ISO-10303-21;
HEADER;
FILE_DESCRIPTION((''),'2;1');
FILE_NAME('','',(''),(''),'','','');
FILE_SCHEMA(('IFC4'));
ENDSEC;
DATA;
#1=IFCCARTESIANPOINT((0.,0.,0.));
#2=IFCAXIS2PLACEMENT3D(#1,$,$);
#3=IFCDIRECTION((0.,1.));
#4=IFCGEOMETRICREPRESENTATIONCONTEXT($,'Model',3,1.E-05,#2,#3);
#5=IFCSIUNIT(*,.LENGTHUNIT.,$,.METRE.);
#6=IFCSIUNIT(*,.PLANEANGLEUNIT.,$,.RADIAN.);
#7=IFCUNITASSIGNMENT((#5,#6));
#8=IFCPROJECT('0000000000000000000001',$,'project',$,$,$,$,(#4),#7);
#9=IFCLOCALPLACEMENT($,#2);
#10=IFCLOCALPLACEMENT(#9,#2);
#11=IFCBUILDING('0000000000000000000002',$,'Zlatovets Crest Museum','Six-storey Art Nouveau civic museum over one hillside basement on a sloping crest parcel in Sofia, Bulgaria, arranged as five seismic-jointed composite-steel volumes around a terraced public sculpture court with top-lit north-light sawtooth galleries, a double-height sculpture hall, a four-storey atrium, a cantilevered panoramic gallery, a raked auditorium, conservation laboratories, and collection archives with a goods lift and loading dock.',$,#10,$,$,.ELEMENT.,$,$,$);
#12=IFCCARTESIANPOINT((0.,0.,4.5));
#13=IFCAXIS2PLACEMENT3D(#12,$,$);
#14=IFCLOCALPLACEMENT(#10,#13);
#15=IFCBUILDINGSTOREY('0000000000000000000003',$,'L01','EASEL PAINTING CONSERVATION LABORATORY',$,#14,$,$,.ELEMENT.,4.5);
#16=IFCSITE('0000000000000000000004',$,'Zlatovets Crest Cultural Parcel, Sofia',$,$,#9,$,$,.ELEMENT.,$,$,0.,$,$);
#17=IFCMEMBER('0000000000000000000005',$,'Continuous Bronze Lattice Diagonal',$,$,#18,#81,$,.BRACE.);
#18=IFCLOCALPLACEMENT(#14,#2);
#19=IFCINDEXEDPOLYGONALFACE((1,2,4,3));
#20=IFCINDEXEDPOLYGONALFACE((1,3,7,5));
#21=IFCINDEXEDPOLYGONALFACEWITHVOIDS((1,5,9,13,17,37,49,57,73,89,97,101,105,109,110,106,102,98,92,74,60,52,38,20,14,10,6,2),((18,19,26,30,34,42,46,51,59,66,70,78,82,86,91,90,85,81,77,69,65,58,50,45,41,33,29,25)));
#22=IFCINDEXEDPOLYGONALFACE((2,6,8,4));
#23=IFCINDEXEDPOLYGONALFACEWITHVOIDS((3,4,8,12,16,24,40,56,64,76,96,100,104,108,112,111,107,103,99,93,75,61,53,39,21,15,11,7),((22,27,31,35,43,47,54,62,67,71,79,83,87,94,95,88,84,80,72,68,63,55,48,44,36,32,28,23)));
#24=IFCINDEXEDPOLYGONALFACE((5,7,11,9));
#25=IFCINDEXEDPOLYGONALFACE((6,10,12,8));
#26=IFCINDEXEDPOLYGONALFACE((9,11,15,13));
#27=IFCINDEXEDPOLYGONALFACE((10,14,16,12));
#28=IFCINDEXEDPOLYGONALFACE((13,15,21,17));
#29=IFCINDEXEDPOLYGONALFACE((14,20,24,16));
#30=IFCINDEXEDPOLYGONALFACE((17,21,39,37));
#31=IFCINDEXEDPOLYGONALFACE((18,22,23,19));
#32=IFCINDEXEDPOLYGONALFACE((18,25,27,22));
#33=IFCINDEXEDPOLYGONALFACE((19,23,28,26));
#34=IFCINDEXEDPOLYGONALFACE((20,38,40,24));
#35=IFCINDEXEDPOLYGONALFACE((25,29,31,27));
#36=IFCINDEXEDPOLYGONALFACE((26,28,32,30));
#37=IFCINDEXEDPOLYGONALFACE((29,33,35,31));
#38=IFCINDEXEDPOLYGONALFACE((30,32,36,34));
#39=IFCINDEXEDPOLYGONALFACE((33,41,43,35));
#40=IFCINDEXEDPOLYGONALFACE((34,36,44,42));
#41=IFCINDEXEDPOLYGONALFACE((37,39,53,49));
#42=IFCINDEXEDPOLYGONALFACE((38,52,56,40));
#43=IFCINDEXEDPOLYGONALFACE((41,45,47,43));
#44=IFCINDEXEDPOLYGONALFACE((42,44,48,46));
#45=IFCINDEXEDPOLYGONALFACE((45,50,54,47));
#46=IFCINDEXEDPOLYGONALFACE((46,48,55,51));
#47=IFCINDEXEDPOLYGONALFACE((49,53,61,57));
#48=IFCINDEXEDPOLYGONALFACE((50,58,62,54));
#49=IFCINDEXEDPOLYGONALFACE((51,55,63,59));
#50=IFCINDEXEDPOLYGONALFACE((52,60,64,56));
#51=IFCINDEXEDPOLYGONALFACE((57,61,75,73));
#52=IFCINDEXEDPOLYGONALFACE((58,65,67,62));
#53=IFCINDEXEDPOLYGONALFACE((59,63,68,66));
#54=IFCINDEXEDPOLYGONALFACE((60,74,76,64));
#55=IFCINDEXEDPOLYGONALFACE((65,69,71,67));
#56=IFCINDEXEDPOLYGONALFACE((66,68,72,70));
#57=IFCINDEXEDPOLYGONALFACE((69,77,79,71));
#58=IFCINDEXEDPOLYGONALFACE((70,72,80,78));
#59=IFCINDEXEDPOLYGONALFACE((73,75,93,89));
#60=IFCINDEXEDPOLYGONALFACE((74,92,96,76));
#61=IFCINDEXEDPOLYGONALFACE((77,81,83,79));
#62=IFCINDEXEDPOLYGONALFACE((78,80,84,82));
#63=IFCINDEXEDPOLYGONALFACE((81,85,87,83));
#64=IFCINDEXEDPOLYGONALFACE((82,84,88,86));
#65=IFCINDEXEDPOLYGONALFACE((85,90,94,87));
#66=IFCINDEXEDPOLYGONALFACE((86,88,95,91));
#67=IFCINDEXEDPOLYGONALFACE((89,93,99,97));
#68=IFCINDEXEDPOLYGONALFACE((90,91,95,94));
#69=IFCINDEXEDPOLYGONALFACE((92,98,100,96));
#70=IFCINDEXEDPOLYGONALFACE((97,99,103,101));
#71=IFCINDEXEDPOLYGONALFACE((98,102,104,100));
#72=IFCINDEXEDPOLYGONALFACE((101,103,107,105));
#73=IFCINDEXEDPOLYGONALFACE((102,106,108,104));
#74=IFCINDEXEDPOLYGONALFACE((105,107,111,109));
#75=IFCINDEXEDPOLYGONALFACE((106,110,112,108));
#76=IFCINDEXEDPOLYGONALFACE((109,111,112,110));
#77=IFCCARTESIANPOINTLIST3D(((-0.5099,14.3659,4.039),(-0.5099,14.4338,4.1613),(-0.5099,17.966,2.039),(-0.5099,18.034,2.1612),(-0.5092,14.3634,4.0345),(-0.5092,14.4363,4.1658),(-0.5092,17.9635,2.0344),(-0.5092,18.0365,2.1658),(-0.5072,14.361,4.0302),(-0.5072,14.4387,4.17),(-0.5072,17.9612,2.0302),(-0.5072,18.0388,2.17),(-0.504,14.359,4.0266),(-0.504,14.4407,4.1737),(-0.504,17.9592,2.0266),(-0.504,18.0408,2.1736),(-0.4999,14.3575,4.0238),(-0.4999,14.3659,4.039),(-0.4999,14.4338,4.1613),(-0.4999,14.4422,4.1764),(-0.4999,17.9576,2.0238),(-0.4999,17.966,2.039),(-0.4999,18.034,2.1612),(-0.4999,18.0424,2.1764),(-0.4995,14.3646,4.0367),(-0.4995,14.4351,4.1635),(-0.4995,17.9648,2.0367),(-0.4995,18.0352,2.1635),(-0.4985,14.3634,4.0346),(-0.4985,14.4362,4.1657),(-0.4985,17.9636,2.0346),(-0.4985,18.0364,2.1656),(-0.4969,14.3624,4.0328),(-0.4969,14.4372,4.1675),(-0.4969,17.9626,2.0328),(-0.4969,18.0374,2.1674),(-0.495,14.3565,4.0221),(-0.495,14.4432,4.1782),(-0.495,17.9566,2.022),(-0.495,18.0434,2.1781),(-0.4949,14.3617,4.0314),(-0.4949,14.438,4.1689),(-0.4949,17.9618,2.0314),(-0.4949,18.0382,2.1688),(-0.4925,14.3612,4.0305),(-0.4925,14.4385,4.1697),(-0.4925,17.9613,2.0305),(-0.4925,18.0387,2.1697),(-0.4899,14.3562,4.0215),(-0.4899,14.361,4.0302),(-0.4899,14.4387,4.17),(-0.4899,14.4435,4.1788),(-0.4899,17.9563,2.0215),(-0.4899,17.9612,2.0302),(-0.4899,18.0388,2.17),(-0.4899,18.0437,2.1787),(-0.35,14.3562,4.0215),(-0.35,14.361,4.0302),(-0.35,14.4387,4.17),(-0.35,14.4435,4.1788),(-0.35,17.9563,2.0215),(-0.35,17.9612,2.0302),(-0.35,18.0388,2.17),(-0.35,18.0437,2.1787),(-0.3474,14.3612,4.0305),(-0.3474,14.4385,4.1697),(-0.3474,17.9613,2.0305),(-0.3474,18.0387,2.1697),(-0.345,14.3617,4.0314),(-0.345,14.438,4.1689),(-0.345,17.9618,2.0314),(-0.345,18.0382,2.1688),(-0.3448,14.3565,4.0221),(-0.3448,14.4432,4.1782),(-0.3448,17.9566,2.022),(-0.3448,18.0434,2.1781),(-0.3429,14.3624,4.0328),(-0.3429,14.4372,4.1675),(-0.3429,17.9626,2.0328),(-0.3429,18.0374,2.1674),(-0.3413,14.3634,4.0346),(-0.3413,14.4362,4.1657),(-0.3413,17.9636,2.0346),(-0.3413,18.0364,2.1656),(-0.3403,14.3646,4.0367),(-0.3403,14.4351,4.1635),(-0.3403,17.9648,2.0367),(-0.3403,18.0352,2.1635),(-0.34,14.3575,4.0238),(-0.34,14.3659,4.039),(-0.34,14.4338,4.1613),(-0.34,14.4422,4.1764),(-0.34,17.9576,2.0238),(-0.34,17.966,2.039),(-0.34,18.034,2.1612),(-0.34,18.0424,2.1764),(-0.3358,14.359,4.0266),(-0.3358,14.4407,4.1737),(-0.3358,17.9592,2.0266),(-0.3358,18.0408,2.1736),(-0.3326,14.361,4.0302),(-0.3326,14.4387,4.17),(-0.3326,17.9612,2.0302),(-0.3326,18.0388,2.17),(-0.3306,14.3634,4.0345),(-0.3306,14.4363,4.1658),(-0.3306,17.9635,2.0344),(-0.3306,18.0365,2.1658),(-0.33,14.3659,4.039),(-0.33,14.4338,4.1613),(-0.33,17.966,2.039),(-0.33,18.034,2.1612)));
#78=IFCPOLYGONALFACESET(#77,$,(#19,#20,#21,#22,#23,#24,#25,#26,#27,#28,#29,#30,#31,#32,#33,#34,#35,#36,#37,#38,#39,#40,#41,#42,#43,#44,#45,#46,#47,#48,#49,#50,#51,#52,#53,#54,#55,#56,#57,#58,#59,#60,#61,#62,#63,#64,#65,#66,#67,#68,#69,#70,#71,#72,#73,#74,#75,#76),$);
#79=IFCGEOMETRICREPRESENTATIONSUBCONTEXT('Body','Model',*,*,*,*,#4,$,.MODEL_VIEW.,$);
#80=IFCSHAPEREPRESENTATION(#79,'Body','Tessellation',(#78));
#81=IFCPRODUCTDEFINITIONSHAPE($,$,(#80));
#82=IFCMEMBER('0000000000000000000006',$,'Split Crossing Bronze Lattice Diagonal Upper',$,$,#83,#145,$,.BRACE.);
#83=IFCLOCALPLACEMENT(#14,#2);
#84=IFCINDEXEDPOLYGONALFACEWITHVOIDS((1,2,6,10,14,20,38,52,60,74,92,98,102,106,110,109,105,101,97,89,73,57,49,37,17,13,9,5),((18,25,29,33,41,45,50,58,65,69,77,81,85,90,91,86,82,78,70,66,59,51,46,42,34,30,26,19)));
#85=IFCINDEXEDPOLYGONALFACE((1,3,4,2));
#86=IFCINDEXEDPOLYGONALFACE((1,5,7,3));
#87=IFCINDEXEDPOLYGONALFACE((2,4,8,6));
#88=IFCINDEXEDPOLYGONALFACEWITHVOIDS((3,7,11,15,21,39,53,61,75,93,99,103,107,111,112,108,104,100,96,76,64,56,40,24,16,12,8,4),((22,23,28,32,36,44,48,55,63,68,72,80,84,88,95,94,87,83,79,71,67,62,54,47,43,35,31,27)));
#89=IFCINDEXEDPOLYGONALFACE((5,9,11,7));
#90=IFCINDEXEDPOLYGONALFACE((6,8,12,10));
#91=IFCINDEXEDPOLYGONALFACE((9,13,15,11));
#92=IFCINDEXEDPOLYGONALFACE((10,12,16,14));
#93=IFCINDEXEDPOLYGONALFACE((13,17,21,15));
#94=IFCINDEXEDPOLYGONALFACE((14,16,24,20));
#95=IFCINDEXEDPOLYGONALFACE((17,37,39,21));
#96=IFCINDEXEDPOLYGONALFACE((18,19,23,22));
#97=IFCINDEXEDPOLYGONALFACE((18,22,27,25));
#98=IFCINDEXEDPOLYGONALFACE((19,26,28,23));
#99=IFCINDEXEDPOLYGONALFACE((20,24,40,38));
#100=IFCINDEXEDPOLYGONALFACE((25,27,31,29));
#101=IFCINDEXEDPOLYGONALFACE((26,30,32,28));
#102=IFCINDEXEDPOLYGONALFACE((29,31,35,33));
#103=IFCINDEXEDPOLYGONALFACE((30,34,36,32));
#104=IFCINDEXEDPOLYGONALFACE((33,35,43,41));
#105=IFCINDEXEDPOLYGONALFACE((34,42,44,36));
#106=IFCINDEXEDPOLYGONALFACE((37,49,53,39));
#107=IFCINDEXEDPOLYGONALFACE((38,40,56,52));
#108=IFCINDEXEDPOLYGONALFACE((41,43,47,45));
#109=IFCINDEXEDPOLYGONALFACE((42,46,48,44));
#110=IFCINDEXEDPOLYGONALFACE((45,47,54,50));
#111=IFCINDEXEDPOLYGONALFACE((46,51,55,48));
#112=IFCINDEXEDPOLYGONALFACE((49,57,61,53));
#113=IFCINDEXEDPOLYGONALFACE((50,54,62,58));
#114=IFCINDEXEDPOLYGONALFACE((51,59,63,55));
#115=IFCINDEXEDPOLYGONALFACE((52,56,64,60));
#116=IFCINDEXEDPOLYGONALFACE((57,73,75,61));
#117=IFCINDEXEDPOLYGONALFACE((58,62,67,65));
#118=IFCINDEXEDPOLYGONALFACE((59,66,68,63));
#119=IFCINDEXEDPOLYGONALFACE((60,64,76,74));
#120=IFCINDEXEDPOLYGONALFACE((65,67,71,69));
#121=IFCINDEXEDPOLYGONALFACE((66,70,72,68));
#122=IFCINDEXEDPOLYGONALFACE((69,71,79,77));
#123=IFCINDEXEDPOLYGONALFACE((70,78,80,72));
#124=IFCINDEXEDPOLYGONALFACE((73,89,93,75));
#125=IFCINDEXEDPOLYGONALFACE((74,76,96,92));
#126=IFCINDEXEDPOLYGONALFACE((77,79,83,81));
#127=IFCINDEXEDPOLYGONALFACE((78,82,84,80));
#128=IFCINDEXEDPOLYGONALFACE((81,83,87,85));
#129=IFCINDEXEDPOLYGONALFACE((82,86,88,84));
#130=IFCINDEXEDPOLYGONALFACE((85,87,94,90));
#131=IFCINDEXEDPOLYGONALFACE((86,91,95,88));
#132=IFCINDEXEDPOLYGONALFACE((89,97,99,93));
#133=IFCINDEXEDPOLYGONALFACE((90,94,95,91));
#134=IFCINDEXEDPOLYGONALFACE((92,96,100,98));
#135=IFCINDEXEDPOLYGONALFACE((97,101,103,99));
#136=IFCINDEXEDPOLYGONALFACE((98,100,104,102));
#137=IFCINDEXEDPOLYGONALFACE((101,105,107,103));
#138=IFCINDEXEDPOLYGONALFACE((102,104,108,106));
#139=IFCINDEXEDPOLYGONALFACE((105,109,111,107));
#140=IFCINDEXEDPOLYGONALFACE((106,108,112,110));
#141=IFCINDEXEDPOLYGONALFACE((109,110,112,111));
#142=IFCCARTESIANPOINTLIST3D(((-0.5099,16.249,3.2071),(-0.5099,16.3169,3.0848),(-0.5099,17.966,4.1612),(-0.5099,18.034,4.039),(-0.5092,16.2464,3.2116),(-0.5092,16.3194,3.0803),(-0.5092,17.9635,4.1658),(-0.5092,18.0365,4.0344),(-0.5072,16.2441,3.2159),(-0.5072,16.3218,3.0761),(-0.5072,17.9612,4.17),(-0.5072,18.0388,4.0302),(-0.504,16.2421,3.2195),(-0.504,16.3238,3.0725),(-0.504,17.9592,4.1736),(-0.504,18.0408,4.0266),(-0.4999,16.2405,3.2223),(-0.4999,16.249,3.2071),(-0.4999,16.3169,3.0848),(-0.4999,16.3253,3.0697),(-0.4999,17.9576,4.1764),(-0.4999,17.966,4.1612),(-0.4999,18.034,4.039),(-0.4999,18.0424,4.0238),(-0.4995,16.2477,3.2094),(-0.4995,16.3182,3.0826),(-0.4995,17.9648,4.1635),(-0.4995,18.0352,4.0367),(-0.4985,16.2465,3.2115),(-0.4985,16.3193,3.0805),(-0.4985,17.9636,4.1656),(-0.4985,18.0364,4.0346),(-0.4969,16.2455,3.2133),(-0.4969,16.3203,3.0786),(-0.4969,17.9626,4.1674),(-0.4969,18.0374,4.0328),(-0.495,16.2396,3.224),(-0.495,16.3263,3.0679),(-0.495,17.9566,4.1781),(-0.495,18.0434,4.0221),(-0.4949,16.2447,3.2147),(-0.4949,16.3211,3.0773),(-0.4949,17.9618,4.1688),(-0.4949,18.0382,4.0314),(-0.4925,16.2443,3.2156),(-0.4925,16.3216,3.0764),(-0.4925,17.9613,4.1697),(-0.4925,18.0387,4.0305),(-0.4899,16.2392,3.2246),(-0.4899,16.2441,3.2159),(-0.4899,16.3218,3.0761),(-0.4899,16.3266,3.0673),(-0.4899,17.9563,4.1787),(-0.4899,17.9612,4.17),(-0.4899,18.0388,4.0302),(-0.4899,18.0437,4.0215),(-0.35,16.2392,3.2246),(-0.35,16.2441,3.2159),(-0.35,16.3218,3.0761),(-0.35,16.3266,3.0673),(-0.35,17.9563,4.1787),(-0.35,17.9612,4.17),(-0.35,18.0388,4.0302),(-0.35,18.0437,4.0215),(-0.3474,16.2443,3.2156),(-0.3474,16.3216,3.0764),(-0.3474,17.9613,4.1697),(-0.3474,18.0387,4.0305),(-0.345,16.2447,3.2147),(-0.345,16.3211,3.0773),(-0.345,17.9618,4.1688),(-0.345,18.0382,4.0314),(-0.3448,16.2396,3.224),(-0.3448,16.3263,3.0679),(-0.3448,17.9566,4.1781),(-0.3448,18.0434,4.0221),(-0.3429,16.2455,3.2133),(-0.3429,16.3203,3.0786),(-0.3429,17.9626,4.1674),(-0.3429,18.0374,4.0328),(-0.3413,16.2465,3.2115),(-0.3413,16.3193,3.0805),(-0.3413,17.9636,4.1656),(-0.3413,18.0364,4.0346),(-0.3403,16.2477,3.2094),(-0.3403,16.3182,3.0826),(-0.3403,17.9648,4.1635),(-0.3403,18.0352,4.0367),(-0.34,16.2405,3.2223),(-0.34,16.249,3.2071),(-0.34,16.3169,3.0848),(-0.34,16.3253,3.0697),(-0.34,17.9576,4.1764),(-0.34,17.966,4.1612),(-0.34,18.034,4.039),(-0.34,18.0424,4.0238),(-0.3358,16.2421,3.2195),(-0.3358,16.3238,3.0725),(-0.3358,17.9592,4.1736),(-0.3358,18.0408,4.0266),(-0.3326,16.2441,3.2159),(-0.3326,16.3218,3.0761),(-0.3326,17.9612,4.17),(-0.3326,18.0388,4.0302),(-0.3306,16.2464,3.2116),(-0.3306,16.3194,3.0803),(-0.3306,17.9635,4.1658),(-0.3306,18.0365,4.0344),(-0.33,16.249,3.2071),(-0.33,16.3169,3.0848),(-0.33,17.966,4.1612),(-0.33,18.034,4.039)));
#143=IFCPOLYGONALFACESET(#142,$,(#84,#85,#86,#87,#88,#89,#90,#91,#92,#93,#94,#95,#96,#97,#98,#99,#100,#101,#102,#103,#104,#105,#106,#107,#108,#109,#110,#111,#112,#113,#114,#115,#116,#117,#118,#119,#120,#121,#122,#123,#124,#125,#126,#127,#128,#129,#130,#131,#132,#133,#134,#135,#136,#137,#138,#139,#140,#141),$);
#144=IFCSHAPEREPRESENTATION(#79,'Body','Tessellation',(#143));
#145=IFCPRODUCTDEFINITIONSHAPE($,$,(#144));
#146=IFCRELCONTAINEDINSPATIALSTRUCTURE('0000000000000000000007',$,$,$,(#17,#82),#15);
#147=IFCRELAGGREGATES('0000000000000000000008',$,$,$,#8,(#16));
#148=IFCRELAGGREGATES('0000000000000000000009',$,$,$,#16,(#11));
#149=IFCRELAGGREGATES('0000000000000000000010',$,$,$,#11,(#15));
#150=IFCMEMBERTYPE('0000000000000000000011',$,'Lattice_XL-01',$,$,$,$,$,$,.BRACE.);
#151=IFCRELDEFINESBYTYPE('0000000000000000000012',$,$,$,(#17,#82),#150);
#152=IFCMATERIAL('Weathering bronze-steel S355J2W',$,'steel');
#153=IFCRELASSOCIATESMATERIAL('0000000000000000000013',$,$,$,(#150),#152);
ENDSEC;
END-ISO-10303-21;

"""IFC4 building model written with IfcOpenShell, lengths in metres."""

from ifc_helpers import new_model, si_unit, direction, frame, origin, origin_2d, place, context, subcontext, project, spatial, hollow_rectangle, extrude, material, material_profile, profile_set, type_object, element, save


model = new_model("IFC4")

# Units and contexts
model_context = context("Model", 3, precision=1e-05, world=origin(), true_north=direction((0.0, 1.0)))
body_context = subcontext(model_context, "Body", "Model", "MODEL_VIEW")
ifc_project = project(units=[si_unit("LENGTHUNIT", "METRE"), si_unit("PLANEANGLEUNIT", "RADIAN")], contexts=[model_context])

# Site, building, storey
site_placement = place(None, origin())
site = spatial("IfcSite", under=ifc_project, at=site_placement, Name="Zlatovets Crest Cultural Parcel, Sofia", CompositionType="ELEMENT", RefElevation=0.0)
building_placement = place(site_placement, origin())
building = spatial("IfcBuilding", under=site, at=building_placement, Name="Zlatovets Crest Museum", Description="Six-storey Art Nouveau civic museum over one hillside basement on a sloping crest parcel in Sofia, Bulgaria, arranged as five seismic-jointed composite-steel volumes around a terraced public sculpture court with top-lit north-light sawtooth galleries, a double-height sculpture hall, a four-storey atrium, a cantilevered panoramic gallery, a raked auditorium, conservation laboratories, and collection archives with a goods lift and loading dock.", CompositionType="ELEMENT")
storey_placement = place(building_placement, frame((0.0, 0.0, 4.5)))
storey = spatial("IfcBuildingStorey", under=building, at=storey_placement, Name="L01", Description="EASEL PAINTING CONSERVATION LABORATORY", CompositionType="ELEMENT", Elevation=4.5)

# Members
ifc_material_1 = material(Name="Weathering bronze-steel S355J2W", Category="steel")
ifc_material_profile_1 = material_profile(ifc_material_1, hollow_rectangle(XDim=0.1799, YDim=0.1799, WallThickness=0.01, InnerFilletRadius=0.01, OuterFilletRadius=0.02, at=origin_2d()), Name="SHS 180x180x10.0")
ifc_profile_set_1 = profile_set([ifc_material_profile_1], Name="Weathering bronze-steel S355J2W")
member_type_1 = type_object("IfcMemberType", Name="Lattice_XL-01", PredefinedType="BRACE", material=ifc_profile_set_1)
member_1_placement = place(storey_placement, frame((-0.4199, 18.0, 2.1001), z_axis=(0.0, -0.874163, 0.485633), x_axis=(1.0, 0.0, 0.0)))
element("IfcMember", 1, at=member_1_placement, inside=storey, type_object=member_type_1, Name="Continuous Bronze Lattice Diagonal", PredefinedType="BRACE", context=body_context, shape_type="SweptSolid", body=[
    extrude(hollow_rectangle(XDim=0.1799, YDim=0.1799, WallThickness=0.01, InnerFilletRadius=0.01, OuterFilletRadius=0.02, at=origin_2d()), origin(), (0.0, 0.0, 1.0), 4.1184),
])
member_2_placement = place(storey_placement, frame((-0.4199, 18.0, 4.1001), z_axis=(0.0, -0.874116, -0.485717), x_axis=(1.0, 0.0, 0.0)))
element("IfcMember", 2, at=member_2_placement, inside=storey, type_object=member_type_1, Name="Split Crossing Bronze Lattice Diagonal Upper", PredefinedType="BRACE", context=body_context, shape_type="SweptSolid", body=[
    extrude(hollow_rectangle(XDim=0.1799, YDim=0.1799, WallThickness=0.01, InnerFilletRadius=0.01, OuterFilletRadius=0.02, at=origin_2d()), origin(), (0.0, 0.0, 1.0), 1.9644),
])

save(model, "model.ifc")
